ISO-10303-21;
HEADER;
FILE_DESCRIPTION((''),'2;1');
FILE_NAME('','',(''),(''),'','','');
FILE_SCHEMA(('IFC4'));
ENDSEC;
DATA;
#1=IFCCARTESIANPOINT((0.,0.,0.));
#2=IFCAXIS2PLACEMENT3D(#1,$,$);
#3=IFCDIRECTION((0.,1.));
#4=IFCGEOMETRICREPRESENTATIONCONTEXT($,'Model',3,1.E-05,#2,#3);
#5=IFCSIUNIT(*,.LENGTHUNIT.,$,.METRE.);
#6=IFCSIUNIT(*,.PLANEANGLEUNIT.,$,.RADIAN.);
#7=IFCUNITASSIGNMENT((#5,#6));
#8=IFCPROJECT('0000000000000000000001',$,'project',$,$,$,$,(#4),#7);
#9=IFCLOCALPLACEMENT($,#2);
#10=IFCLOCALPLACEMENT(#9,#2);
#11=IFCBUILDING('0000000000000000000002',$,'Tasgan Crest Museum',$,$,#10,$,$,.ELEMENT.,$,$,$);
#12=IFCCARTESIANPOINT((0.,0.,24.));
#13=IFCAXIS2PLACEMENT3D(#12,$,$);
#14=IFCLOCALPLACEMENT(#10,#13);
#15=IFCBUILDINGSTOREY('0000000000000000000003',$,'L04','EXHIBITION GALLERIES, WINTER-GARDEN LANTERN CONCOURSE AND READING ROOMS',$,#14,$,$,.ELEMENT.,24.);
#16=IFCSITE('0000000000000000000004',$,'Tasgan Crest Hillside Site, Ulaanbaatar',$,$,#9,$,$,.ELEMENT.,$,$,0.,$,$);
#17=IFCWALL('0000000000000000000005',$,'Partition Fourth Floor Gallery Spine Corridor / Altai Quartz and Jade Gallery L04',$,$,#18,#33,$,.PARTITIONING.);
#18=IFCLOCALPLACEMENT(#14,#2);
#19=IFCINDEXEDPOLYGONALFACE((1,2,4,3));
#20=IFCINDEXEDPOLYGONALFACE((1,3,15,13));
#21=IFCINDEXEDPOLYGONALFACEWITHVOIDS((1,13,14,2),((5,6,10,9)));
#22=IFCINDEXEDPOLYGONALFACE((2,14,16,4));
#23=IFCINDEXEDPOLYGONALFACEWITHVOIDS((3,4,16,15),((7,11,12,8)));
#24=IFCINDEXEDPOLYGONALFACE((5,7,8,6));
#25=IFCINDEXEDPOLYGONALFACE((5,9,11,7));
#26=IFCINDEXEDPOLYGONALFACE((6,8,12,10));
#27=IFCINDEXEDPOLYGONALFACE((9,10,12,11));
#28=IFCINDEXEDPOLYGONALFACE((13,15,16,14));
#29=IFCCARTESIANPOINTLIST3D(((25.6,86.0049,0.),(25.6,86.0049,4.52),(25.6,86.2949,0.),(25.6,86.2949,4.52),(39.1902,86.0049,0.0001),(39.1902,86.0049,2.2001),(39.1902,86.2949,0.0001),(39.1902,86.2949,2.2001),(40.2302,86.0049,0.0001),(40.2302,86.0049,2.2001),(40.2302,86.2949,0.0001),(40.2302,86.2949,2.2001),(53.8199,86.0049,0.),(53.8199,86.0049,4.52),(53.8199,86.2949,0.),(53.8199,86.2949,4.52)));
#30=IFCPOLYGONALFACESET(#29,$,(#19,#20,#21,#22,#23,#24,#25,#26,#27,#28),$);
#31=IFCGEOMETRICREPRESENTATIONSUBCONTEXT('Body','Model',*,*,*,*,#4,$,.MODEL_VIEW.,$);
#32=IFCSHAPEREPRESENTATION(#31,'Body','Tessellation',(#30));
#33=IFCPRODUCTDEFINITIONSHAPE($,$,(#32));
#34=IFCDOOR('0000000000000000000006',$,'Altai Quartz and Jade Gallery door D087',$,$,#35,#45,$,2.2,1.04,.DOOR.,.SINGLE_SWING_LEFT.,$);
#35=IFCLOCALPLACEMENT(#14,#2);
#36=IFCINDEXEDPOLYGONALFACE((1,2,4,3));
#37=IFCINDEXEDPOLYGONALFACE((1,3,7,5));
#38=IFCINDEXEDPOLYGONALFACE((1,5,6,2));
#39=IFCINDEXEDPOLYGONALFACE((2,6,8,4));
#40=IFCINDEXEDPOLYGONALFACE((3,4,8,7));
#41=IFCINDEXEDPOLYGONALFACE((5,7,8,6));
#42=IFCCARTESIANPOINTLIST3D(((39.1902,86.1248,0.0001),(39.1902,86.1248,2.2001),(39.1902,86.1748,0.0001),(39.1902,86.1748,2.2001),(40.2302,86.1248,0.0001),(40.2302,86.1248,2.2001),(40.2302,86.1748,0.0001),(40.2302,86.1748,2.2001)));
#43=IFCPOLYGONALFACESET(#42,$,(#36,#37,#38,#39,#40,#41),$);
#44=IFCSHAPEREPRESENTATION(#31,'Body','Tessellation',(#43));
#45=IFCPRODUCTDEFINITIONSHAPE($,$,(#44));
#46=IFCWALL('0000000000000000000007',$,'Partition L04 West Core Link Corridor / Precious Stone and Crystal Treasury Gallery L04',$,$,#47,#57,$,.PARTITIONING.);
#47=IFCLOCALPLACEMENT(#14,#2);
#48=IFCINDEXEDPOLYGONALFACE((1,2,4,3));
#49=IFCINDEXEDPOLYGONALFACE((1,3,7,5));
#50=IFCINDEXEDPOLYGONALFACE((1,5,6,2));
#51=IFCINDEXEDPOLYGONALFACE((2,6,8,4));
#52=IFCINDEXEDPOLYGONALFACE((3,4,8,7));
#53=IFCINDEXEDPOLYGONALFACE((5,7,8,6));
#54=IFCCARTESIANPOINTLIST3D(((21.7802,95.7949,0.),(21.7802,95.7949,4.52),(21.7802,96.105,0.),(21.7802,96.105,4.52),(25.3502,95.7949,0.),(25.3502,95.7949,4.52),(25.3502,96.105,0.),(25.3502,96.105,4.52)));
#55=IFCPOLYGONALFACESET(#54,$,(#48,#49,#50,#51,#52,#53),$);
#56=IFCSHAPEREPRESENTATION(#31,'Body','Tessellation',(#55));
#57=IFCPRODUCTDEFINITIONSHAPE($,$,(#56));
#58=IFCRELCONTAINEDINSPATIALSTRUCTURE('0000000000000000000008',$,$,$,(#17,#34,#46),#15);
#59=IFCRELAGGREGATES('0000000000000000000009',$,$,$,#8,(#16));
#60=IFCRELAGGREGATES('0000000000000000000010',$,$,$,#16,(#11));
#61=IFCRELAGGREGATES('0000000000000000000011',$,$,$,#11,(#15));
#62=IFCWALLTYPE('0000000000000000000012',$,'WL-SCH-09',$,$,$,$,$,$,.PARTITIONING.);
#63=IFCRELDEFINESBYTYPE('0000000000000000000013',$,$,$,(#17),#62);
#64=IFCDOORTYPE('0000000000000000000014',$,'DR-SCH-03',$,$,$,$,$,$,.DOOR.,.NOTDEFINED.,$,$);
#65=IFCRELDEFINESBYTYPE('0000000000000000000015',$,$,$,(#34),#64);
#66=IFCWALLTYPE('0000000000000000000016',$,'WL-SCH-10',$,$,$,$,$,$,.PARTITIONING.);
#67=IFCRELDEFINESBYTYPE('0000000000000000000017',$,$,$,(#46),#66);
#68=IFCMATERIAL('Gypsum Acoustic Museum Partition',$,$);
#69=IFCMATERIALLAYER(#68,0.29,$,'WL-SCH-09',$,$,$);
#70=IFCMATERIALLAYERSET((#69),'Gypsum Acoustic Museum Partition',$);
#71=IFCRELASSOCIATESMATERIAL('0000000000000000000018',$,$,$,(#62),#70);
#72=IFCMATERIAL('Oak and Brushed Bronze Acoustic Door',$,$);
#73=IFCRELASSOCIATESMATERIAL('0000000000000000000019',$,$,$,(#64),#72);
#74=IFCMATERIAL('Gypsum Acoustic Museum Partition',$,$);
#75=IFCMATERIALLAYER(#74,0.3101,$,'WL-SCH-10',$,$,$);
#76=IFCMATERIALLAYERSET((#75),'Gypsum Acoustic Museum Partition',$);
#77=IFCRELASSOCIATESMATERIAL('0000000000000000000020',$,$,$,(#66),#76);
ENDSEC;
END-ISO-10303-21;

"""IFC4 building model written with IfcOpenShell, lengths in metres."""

from ifc_helpers import new_model, si_unit, direction, frame, frame_2d, origin, place, context, subcontext, project, spatial, rectangle, extrude, material, layer, layer_set, type_object, element, fill, save


model = new_model("IFC4")

# Units and contexts
model_context = context("Model", 3, precision=1e-05, world=origin(), true_north=direction((0.0, 1.0)))
body_context = subcontext(model_context, "Body", "Model", "MODEL_VIEW")
ifc_project = project(units=[si_unit("LENGTHUNIT", "METRE"), si_unit("PLANEANGLEUNIT", "RADIAN")], contexts=[model_context])

# Site, building, storey
site_placement = place(None, origin())
site = spatial("IfcSite", under=ifc_project, at=site_placement, Name="Tasgan Crest Hillside Site, Ulaanbaatar", CompositionType="ELEMENT", RefElevation=0.0)
building_placement = place(site_placement, origin())
building = spatial("IfcBuilding", under=site, at=building_placement, Name="Tasgan Crest Museum", CompositionType="ELEMENT")
storey_placement = place(building_placement, frame((0.0, 0.0, 24.0)))
storey = spatial("IfcBuildingStorey", under=building, at=storey_placement, Name="L04", Description="EXHIBITION GALLERIES, WINTER-GARDEN LANTERN CONCOURSE AND READING ROOMS", CompositionType="ELEMENT", Elevation=24.0)

# Wall, opening, door
ifc_material_1 = material(Name="Gypsum Acoustic Museum Partition")
ifc_layer_1 = layer(ifc_material_1, 0.29, Name="WL-SCH-09")
ifc_layer_set_1 = layer_set([ifc_layer_1], Name="Gypsum Acoustic Museum Partition")
wall_type_1 = type_object("IfcWallType", Name="WL-SCH-09", PredefinedType="PARTITIONING", material=ifc_layer_set_1)
wall_1_placement = place(storey_placement, frame((25.6001, 86.1499, 0.0), z_axis=(0.0, 0.0, 1.0), x_axis=(1.0, 0.0, 0.0)))
wall_1 = element("IfcWall", 1, at=wall_1_placement, inside=storey, type_object=wall_type_1, Name="Partition Fourth Floor Gallery Spine Corridor / Altai Quartz and Jade Gallery L04", PredefinedType="PARTITIONING", context=body_context, shape_type="SweptSolid", body=[
    extrude(rectangle(XDim=28.22, YDim=0.29, at=frame_2d((14.1099, 0.0))), origin(), (0.0, 0.0, 1.0), 4.52),
])
opening_1_placement = place(wall_1_placement, frame((13.5901, 0.0, 0.0)))
opening_1 = element("IfcOpeningElement", 2, at=opening_1_placement, cuts=wall_1, PredefinedType="OPENING", context=body_context, shape_type="SweptSolid", body=[
    extrude(rectangle(XDim=1.04, YDim=2.2, at=frame_2d((0.52, 1.1001))), frame((0.0, 0.155, 0.0), z_axis=(0.0, -1.0, 0.0), x_axis=(1.0, 0.0, 0.0)), (0.0, 0.0, 1.0), 0.3101),
])
ifc_material_2 = material(Name="Oak and Brushed Bronze Acoustic Door")
door_type_1 = type_object("IfcDoorType", Name="DR-SCH-03", OperationType="NOTDEFINED", PredefinedType="DOOR", material=ifc_material_2)
door_1_placement = place(opening_1_placement, origin())
door_1 = element("IfcDoor", 3, at=door_1_placement, inside=storey, type_object=door_type_1, Name="Altai Quartz and Jade Gallery door D087", OperationType="SINGLE_SWING_LEFT", OverallHeight=2.2, OverallWidth=1.04, PredefinedType="DOOR", context=body_context, shape_type="SweptSolid", body=[
    extrude(rectangle(XDim=1.04, YDim=2.2, at=frame_2d((0.52, 1.1001))), frame((0.0, 0.0249, 0.0), z_axis=(0.0, -1.0, 0.0), x_axis=(1.0, 0.0, 0.0)), (0.0, 0.0, 1.0), 0.05),
])
fill(opening_1, door_1)

# Wall
ifc_material_3 = material(Name="Gypsum Acoustic Museum Partition")
ifc_layer_2 = layer(ifc_material_3, 0.3101, Name="WL-SCH-10")
ifc_layer_set_2 = layer_set([ifc_layer_2], Name="Gypsum Acoustic Museum Partition")
wall_type_2 = type_object("IfcWallType", Name="WL-SCH-10", PredefinedType="PARTITIONING", material=ifc_layer_set_2)
wall_2_placement = place(storey_placement, frame((21.78, 95.95, 0.0), z_axis=(0.0, 0.0, 1.0), x_axis=(1.0, 0.0, 0.0)))
element("IfcWall", 4, at=wall_2_placement, inside=storey, type_object=wall_type_2, Name="Partition L04 West Core Link Corridor / Precious Stone and Crystal Treasury Gallery L04", PredefinedType="PARTITIONING", context=body_context, shape_type="SweptSolid", body=[
    extrude(rectangle(XDim=3.5701, YDim=0.3101, at=frame_2d((1.7852, 0.0))), origin(), (0.0, 0.0, 1.0), 4.52),
])

save(model, "model.ifc")
